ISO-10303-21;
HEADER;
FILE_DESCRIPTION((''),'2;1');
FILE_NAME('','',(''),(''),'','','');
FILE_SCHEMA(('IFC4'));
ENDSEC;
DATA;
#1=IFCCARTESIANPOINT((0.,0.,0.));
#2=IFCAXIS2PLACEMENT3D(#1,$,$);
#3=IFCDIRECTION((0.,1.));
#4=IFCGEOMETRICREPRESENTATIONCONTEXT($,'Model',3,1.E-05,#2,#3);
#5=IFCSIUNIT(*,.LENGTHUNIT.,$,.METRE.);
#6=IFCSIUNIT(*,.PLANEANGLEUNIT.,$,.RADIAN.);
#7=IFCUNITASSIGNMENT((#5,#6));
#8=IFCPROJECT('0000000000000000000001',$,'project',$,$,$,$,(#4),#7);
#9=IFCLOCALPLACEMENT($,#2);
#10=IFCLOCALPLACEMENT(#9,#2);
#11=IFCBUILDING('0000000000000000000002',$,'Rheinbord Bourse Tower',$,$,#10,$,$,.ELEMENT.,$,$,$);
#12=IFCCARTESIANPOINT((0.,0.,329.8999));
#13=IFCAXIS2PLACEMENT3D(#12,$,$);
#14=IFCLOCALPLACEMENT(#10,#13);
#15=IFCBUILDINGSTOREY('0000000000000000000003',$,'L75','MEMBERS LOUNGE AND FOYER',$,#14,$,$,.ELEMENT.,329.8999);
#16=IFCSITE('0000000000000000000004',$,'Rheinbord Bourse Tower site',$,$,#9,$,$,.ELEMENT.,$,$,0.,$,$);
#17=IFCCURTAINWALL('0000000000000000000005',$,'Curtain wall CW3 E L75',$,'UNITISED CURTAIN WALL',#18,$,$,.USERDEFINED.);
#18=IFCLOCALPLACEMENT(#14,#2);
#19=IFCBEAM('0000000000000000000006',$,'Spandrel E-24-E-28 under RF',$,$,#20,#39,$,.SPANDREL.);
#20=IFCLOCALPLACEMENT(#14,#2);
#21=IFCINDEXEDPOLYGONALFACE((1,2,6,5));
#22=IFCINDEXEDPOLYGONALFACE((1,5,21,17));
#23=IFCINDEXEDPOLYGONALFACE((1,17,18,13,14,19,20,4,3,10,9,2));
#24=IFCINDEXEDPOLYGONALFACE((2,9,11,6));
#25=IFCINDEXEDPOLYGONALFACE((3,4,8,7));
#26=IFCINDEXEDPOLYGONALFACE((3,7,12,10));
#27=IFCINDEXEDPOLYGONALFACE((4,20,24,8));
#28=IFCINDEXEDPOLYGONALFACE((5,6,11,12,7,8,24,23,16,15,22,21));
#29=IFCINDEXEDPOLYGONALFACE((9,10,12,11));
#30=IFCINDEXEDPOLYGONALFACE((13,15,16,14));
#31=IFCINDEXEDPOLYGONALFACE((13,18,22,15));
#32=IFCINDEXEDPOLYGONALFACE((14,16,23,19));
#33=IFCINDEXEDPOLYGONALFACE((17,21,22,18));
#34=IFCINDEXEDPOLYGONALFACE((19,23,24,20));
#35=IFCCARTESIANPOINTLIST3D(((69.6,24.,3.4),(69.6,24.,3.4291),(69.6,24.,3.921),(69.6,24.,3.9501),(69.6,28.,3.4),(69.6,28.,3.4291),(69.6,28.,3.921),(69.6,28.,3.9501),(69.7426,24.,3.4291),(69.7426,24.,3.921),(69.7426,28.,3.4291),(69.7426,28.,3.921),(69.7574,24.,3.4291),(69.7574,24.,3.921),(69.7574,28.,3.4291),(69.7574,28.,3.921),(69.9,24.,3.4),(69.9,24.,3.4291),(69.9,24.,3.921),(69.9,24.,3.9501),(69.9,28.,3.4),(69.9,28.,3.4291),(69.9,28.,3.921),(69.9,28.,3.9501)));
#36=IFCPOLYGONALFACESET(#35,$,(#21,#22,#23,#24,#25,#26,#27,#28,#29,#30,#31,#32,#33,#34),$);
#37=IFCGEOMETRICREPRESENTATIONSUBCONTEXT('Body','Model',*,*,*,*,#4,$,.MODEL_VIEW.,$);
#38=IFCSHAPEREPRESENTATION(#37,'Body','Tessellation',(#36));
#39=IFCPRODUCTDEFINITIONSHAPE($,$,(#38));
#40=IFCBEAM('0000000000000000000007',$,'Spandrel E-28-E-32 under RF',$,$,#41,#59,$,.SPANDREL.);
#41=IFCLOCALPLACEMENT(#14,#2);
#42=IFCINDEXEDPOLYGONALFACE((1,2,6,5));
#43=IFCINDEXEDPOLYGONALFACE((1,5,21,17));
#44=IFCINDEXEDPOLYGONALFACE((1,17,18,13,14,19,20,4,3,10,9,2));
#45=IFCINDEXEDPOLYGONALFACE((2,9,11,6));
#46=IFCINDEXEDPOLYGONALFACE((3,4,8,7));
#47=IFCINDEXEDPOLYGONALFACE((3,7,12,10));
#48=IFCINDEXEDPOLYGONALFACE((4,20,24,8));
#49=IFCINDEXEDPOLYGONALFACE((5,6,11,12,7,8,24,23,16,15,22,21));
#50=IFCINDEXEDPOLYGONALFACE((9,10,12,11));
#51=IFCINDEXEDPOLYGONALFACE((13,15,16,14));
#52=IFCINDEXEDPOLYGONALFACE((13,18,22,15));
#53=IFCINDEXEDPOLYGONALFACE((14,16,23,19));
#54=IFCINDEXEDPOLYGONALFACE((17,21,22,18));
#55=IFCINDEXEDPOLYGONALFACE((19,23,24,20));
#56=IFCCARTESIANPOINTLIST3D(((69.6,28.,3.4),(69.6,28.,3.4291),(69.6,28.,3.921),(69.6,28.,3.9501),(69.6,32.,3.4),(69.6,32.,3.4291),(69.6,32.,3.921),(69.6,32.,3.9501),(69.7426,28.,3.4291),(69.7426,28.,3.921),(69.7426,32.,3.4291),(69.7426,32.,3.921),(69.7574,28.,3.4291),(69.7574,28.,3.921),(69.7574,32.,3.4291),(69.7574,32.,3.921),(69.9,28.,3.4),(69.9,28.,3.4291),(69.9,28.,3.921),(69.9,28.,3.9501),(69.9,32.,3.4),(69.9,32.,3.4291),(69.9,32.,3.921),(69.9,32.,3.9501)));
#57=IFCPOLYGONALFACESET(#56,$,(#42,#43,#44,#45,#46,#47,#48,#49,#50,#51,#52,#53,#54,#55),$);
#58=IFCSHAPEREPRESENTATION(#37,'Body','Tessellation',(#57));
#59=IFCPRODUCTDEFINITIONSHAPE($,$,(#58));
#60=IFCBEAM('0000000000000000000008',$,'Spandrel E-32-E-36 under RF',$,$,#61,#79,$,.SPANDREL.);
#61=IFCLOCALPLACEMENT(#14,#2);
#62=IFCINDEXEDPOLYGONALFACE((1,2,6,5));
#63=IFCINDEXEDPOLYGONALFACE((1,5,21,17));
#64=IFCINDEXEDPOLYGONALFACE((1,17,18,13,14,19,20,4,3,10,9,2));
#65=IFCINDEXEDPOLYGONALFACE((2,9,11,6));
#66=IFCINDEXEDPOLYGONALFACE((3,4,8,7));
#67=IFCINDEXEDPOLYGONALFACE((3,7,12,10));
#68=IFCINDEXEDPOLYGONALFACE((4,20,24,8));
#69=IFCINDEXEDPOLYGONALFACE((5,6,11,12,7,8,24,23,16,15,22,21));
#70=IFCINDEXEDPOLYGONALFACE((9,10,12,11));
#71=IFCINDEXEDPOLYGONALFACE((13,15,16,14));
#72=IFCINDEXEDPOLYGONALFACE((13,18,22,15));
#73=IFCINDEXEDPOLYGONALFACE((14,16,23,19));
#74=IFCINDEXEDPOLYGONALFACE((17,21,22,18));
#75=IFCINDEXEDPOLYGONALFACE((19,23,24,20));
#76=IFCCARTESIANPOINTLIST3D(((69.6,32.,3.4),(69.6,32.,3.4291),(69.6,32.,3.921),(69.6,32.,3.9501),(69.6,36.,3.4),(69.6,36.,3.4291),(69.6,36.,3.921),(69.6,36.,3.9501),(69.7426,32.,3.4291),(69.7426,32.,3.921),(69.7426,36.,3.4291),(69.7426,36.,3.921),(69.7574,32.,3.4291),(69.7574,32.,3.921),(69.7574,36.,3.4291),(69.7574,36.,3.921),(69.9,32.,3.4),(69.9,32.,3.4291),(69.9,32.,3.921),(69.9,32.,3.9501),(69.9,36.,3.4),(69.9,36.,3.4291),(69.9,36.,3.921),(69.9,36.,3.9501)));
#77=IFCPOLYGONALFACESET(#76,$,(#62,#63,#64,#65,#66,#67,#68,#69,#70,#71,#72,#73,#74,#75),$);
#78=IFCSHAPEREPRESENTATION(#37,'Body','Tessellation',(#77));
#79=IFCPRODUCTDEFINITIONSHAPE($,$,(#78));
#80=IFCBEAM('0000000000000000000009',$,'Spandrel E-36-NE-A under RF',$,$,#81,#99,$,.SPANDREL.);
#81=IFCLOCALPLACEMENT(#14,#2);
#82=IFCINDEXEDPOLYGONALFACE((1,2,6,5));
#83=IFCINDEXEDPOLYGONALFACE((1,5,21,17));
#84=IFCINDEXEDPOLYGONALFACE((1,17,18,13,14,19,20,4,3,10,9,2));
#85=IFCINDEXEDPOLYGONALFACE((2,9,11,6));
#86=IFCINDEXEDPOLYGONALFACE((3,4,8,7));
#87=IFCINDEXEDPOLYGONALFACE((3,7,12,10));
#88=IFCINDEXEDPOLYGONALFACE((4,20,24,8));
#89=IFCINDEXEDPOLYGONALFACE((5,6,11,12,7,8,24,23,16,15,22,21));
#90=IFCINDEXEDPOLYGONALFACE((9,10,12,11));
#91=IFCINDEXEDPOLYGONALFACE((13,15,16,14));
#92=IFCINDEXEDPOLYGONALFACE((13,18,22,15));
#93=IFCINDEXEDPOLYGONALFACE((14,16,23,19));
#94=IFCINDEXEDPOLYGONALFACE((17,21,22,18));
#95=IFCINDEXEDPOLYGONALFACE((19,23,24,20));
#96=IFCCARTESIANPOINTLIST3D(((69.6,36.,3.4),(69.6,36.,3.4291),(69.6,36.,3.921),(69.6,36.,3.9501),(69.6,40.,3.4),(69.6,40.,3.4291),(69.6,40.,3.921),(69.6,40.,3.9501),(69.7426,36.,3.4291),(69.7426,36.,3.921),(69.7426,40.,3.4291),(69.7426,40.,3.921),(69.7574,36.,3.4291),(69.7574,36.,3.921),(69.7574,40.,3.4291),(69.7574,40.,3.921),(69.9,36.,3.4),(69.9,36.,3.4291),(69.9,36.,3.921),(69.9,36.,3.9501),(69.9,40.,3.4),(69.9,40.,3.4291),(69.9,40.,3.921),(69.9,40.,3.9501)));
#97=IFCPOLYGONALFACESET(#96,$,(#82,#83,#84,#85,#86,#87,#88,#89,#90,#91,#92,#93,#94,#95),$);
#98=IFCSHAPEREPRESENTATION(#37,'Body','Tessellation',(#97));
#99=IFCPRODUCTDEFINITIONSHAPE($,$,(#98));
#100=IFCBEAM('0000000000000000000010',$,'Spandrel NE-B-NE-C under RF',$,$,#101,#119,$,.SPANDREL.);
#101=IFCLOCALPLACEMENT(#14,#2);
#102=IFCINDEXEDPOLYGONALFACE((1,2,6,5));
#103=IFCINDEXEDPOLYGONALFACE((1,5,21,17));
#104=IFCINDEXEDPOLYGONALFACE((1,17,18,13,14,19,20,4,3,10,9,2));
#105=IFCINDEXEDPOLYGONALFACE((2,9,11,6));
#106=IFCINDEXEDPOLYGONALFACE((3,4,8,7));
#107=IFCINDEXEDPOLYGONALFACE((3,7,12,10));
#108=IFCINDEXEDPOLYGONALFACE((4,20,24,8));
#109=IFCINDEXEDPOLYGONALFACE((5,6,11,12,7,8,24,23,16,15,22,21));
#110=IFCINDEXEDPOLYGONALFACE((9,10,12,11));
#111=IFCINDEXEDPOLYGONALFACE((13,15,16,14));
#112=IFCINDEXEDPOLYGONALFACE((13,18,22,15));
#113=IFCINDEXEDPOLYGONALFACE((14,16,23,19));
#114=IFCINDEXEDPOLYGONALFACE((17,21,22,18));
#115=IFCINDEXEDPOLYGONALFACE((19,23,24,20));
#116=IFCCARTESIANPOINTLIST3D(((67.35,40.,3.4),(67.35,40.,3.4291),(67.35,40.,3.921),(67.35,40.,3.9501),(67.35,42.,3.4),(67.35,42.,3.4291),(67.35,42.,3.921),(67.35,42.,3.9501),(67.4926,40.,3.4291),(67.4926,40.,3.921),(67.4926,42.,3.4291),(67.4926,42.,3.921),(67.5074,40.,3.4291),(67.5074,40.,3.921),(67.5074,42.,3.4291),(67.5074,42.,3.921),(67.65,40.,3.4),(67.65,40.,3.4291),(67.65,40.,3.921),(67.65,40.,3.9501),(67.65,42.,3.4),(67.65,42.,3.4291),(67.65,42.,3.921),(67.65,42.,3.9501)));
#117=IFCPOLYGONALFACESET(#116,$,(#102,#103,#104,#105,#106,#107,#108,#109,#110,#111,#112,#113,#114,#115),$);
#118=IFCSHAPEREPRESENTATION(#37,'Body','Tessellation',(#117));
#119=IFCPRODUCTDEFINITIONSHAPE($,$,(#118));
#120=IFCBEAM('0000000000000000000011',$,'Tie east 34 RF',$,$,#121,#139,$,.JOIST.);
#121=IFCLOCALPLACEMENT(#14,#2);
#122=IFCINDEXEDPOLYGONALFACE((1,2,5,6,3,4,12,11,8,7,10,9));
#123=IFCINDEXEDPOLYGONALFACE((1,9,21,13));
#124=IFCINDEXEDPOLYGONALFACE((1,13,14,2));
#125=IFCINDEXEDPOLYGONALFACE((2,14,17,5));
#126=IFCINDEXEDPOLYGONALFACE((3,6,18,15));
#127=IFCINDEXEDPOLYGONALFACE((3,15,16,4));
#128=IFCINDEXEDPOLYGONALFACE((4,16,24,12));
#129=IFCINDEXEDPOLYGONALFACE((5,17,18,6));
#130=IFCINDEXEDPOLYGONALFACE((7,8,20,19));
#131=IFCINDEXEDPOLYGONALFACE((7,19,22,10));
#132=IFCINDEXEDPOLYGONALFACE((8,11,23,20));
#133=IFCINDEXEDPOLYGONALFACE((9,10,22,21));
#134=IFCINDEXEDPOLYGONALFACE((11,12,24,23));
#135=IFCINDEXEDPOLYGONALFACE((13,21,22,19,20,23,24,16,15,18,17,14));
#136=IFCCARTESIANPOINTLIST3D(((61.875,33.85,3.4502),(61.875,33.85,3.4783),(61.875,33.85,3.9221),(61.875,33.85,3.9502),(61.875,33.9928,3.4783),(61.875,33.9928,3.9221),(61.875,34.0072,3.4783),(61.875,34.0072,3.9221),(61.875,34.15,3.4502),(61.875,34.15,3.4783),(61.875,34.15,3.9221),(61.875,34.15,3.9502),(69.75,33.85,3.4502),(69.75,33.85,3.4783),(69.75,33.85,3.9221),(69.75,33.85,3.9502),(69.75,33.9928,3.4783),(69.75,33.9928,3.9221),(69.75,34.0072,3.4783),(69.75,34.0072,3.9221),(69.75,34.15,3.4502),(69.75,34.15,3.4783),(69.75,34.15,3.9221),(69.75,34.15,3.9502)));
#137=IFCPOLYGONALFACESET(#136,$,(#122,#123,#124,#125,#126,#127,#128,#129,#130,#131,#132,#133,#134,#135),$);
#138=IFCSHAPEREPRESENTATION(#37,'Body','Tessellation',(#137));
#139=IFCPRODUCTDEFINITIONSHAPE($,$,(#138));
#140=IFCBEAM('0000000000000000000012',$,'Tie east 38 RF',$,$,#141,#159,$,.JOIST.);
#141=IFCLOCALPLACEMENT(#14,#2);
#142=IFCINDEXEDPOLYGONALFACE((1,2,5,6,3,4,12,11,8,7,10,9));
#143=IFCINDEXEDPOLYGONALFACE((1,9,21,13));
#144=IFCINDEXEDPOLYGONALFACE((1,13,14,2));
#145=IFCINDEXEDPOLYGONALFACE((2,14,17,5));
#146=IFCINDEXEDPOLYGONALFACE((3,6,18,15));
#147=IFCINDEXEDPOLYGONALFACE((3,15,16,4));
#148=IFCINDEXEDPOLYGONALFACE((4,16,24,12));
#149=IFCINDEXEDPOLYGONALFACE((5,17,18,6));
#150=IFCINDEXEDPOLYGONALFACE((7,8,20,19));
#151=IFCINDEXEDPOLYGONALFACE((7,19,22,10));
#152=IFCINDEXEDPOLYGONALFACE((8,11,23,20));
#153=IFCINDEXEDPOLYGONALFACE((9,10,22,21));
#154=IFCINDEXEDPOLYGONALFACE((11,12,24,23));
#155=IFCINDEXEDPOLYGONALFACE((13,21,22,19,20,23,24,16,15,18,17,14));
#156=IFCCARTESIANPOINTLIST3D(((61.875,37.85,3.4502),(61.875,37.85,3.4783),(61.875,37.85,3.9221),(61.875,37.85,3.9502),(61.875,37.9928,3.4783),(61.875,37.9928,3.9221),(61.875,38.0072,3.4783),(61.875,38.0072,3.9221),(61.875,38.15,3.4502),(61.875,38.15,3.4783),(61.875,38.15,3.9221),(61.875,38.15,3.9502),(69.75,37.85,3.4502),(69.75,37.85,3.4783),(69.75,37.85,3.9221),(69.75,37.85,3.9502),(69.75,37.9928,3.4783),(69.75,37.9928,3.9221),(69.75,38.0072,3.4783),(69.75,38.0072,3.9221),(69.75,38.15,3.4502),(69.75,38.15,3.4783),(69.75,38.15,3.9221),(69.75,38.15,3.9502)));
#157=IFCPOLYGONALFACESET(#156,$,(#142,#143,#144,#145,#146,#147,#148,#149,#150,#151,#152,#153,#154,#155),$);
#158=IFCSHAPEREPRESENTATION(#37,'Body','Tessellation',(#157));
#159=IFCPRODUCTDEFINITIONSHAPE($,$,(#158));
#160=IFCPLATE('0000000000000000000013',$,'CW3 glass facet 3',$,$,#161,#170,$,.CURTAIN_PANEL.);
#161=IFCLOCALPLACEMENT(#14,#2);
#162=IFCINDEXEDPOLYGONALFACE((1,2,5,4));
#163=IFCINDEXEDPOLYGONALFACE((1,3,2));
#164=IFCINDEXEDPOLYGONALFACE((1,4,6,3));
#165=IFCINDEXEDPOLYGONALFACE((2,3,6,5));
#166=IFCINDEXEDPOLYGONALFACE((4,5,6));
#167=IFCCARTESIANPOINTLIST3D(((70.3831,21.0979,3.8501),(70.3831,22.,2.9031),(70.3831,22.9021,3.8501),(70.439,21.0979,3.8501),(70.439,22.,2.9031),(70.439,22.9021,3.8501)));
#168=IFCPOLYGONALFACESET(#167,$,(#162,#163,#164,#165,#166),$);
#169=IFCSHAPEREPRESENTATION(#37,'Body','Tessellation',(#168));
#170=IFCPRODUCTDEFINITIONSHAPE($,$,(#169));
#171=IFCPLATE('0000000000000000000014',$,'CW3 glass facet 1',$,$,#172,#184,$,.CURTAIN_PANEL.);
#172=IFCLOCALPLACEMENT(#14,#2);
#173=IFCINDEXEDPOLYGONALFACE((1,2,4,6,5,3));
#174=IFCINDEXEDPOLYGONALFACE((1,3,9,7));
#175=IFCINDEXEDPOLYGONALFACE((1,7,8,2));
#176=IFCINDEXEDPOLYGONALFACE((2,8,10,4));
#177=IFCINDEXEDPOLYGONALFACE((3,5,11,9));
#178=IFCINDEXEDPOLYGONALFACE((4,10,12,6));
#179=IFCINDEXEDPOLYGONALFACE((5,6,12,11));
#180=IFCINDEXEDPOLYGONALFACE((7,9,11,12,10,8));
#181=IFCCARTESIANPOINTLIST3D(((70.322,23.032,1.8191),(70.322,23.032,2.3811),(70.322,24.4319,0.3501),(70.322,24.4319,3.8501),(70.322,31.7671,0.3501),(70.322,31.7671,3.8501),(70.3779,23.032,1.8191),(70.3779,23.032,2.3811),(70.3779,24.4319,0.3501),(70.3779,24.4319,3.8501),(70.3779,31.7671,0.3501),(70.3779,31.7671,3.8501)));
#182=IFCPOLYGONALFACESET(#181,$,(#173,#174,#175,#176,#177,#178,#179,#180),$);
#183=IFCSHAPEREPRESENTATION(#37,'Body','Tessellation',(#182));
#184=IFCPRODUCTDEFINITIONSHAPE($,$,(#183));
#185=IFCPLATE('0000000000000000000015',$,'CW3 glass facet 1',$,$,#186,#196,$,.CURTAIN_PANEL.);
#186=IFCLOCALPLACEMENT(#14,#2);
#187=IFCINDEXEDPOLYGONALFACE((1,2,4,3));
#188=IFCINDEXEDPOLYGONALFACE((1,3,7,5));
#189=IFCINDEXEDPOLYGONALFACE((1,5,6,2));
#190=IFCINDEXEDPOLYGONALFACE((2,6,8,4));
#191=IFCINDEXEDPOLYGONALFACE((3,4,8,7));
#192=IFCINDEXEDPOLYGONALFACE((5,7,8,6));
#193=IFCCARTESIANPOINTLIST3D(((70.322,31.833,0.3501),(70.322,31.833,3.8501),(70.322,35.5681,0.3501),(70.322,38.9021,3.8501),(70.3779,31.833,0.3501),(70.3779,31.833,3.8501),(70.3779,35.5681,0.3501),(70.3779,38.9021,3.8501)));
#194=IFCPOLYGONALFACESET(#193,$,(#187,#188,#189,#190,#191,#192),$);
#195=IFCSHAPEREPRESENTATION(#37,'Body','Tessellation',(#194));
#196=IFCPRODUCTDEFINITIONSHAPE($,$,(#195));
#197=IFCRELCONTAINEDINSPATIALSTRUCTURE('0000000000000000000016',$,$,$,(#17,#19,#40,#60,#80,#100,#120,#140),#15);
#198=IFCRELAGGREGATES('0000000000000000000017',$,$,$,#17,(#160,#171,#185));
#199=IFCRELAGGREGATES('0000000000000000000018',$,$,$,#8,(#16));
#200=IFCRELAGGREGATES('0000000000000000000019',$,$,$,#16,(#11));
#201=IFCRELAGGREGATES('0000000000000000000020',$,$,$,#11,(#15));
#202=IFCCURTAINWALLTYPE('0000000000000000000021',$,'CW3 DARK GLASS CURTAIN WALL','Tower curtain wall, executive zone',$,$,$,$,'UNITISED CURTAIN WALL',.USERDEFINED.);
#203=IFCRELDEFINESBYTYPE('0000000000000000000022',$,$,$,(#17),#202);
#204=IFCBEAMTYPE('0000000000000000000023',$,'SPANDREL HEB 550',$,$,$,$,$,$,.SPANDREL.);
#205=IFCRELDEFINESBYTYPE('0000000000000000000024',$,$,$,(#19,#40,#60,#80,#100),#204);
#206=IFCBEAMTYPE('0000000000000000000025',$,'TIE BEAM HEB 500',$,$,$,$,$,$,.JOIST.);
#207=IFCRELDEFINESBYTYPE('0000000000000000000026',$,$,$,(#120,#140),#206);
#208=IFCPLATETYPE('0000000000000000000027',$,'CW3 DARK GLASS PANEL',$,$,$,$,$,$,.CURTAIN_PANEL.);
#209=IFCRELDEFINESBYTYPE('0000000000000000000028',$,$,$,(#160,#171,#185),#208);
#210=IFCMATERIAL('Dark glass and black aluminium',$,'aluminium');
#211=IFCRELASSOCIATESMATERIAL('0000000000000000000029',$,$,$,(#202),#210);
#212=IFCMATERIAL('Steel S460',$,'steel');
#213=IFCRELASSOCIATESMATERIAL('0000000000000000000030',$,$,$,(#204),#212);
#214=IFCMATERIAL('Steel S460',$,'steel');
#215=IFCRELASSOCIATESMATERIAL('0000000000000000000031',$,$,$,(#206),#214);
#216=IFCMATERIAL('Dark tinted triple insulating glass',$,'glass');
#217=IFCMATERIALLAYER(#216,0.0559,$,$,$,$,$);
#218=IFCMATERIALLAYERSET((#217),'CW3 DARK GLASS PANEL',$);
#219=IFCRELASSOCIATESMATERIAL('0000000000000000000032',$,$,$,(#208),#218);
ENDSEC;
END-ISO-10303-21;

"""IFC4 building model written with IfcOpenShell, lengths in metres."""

from ifc_helpers import new_model, si_unit, direction, frame, origin, origin_2d, place, context, subcontext, project, spatial, polyline, i_section, outline, extrude, material, layer, layer_set, material_profile, profile_set, type_object, element, aggregate, save


model = new_model("IFC4")

# Units and contexts
model_context = context("Model", 3, precision=1e-05, world=origin(), true_north=direction((0.0, 1.0)))
body_context = subcontext(model_context, "Body", "Model", "MODEL_VIEW")
ifc_project = project(units=[si_unit("LENGTHUNIT", "METRE"), si_unit("PLANEANGLEUNIT", "RADIAN")], contexts=[model_context])

# Site, building, storey
site_placement = place(None, origin())
site = spatial("IfcSite", under=ifc_project, at=site_placement, Name="Rheinbord Bourse Tower site", CompositionType="ELEMENT", RefElevation=0.0)
building_placement = place(site_placement, origin())
building = spatial("IfcBuilding", under=site, at=building_placement, Name="Rheinbord Bourse Tower", CompositionType="ELEMENT")
storey_placement = place(building_placement, frame((0.0, 0.0, 329.8999)))
storey = spatial("IfcBuildingStorey", under=building, at=storey_placement, Name="L75", Description="MEMBERS LOUNGE AND FOYER", CompositionType="ELEMENT", Elevation=329.8999)

# Curtain wall
ifc_material_1 = material(Name="Dark glass and black aluminium", Category="aluminium")
curtain_wall_type = type_object("IfcCurtainWallType", Name="CW3 DARK GLASS CURTAIN WALL", Description="Tower curtain wall, executive zone", ElementType="UNITISED CURTAIN WALL", PredefinedType="USERDEFINED", material=ifc_material_1)
curtain_wall_placement = place(storey_placement, origin())
curtain_wall = element("IfcCurtainWall", 1, at=curtain_wall_placement, inside=storey, type_object=curtain_wall_type, Name="Curtain wall CW3 E L75", ObjectType="UNITISED CURTAIN WALL", PredefinedType="USERDEFINED")

# Beams
ifc_material_2 = material(Name="Steel S460", Category="steel")
ifc_material_profile_1 = material_profile(ifc_material_2, i_section(OverallWidth=0.3, OverallDepth=0.55, WebThickness=0.0149, FlangeThickness=0.0291, at=origin_2d()), Name="HEB 550")
ifc_profile_set_1 = profile_set([ifc_material_profile_1], Name="Steel S460")
beam_type_1 = type_object("IfcBeamType", Name="SPANDREL HEB 550", PredefinedType="SPANDREL", material=ifc_profile_set_1)
for number, where, z_axis, x_axis, name in (
    (2, (69.75, 24.0, 3.675), (0.0, 1.0, 0.0), (-1.0, 0.0, 0.0), "Spandrel E-24-E-28 under RF"),
    (3, (69.75, 28.0, 3.675), (0.0, 1.0, 0.0), (-1.0, 0.0, 0.0), "Spandrel E-28-E-32 under RF"),
    (4, (69.75, 32.0, 3.675), (0.0, 1.0, 0.0), (-1.0, 0.0, 0.0), "Spandrel E-32-E-36 under RF"),
    (5, (69.75, 36.0, 3.675), (0.0, 1.0, 0.0), (-1.0, 0.0, 0.0), "Spandrel E-36-NE-A under RF"),
):
    element("IfcBeam", number, at=place(storey_placement, frame(where, z_axis=z_axis, x_axis=x_axis)), inside=storey, type_object=beam_type_1, Name=name, PredefinedType="SPANDREL", context=body_context, shape_type="SweptSolid", body=[
        extrude(i_section(OverallWidth=0.3, OverallDepth=0.55, WebThickness=0.0149, FlangeThickness=0.0291, at=origin_2d()), origin(), (0.0, 0.0, 1.0), 4.0),
    ])
beam_1_placement = place(storey_placement, frame((67.5, 40.0, 3.675), z_axis=(0.0, 1.0, 0.0), x_axis=(-1.0, 0.0, 0.0)))
element("IfcBeam", 6, at=beam_1_placement, inside=storey, type_object=beam_type_1, Name="Spandrel NE-B-NE-C under RF", PredefinedType="SPANDREL", context=body_context, shape_type="SweptSolid", body=[
    extrude(i_section(OverallWidth=0.3, OverallDepth=0.55, WebThickness=0.0149, FlangeThickness=0.0291, at=origin_2d()), origin(), (0.0, 0.0, 1.0), 2.0),
])
ifc_material_3 = material(Name="Steel S460", Category="steel")
ifc_material_profile_2 = material_profile(ifc_material_3, i_section(OverallWidth=0.3, OverallDepth=0.5, WebThickness=0.0144, FlangeThickness=0.0281, at=origin_2d()), Name="HEB 500")
ifc_profile_set_2 = profile_set([ifc_material_profile_2], Name="Steel S460")
beam_type_2 = type_object("IfcBeamType", Name="TIE BEAM HEB 500", PredefinedType="JOIST", material=ifc_profile_set_2)
for number, where, z_axis, x_axis, name in (
    (7, (61.875, 34.0, 3.7002), (1.0, 0.0, 0.0), (0.0, 1.0, 0.0), "Tie east 34 RF"),
    (8, (61.875, 38.0, 3.7002), (1.0, 0.0, 0.0), (0.0, 1.0, 0.0), "Tie east 38 RF"),
):
    element("IfcBeam", number, at=place(storey_placement, frame(where, z_axis=z_axis, x_axis=x_axis)), inside=storey, type_object=beam_type_2, Name=name, PredefinedType="JOIST", context=body_context, shape_type="SweptSolid", body=[
        extrude(i_section(OverallWidth=0.3, OverallDepth=0.5, WebThickness=0.0144, FlangeThickness=0.0281, at=origin_2d()), origin(), (0.0, 0.0, 1.0), 7.875),
    ])

# Plates
ifc_material_4 = material(Name="Dark tinted triple insulating glass", Category="glass")
ifc_layer_1 = layer(ifc_material_4, 0.0559)
ifc_layer_set_1 = layer_set([ifc_layer_1], Name="CW3 DARK GLASS PANEL")
plate_type = type_object("IfcPlateType", Name="CW3 DARK GLASS PANEL", PredefinedType="CURTAIN_PANEL", material=ifc_layer_set_1)
plate_1_placement = place(storey_placement, frame((70.439, 22.9021, 3.8501), z_axis=(-1.0, 0.0, 0.0), x_axis=(0.0, -0.689725, -0.724071)))
plate_1 = element("IfcPlate", 9, at=plate_1_placement, type_object=plate_type, Name="CW3 glass facet 3", PredefinedType="CURTAIN_PANEL", context=body_context, shape_type="SweptSolid", body=[
    extrude(outline(polyline([(0.0, 0.0), (1.3079, 0.0), (1.2444, 1.3064), (0.0, 0.0)])), origin(), (0.0, 0.0, 1.0), 0.0559),
])
plate_2_placement = place(storey_placement, frame((70.3779, 31.7671, 3.8501), z_axis=(-1.0, 0.0, 0.0), x_axis=(0.0, 0.0, -1.0)))
plate_2 = element("IfcPlate", 10, at=plate_2_placement, type_object=plate_type, Name="CW3 glass facet 1", PredefinedType="CURTAIN_PANEL", context=body_context, shape_type="SweptSolid", body=[
    extrude(outline(polyline([(0.0, 0.0), (3.5, 0.0), (3.5, 7.3352), (2.031, 8.7351), (1.469, 8.7351), (0.0, 7.3352), (0.0, 0.0)])), origin(), (0.0, 0.0, 1.0), 0.0559),
])
plate_3_placement = place(storey_placement, frame((70.3779, 31.833, 0.3501), z_axis=(-1.0, 0.0, 0.0), x_axis=(0.0, 0.0, 1.0)))
plate_3 = element("IfcPlate", 11, at=plate_3_placement, type_object=plate_type, Name="CW3 glass facet 1", PredefinedType="CURTAIN_PANEL", context=body_context, shape_type="SweptSolid", body=[
    extrude(outline(polyline([(0.0, 0.0), (3.5, 0.0), (3.5, 7.0691), (0.0, 3.7351), (0.0, 0.0)])), origin(), (0.0, 0.0, 1.0), 0.0559),
])
aggregate(curtain_wall, [plate_1, plate_2, plate_3])

save(model, "model.ifc")
